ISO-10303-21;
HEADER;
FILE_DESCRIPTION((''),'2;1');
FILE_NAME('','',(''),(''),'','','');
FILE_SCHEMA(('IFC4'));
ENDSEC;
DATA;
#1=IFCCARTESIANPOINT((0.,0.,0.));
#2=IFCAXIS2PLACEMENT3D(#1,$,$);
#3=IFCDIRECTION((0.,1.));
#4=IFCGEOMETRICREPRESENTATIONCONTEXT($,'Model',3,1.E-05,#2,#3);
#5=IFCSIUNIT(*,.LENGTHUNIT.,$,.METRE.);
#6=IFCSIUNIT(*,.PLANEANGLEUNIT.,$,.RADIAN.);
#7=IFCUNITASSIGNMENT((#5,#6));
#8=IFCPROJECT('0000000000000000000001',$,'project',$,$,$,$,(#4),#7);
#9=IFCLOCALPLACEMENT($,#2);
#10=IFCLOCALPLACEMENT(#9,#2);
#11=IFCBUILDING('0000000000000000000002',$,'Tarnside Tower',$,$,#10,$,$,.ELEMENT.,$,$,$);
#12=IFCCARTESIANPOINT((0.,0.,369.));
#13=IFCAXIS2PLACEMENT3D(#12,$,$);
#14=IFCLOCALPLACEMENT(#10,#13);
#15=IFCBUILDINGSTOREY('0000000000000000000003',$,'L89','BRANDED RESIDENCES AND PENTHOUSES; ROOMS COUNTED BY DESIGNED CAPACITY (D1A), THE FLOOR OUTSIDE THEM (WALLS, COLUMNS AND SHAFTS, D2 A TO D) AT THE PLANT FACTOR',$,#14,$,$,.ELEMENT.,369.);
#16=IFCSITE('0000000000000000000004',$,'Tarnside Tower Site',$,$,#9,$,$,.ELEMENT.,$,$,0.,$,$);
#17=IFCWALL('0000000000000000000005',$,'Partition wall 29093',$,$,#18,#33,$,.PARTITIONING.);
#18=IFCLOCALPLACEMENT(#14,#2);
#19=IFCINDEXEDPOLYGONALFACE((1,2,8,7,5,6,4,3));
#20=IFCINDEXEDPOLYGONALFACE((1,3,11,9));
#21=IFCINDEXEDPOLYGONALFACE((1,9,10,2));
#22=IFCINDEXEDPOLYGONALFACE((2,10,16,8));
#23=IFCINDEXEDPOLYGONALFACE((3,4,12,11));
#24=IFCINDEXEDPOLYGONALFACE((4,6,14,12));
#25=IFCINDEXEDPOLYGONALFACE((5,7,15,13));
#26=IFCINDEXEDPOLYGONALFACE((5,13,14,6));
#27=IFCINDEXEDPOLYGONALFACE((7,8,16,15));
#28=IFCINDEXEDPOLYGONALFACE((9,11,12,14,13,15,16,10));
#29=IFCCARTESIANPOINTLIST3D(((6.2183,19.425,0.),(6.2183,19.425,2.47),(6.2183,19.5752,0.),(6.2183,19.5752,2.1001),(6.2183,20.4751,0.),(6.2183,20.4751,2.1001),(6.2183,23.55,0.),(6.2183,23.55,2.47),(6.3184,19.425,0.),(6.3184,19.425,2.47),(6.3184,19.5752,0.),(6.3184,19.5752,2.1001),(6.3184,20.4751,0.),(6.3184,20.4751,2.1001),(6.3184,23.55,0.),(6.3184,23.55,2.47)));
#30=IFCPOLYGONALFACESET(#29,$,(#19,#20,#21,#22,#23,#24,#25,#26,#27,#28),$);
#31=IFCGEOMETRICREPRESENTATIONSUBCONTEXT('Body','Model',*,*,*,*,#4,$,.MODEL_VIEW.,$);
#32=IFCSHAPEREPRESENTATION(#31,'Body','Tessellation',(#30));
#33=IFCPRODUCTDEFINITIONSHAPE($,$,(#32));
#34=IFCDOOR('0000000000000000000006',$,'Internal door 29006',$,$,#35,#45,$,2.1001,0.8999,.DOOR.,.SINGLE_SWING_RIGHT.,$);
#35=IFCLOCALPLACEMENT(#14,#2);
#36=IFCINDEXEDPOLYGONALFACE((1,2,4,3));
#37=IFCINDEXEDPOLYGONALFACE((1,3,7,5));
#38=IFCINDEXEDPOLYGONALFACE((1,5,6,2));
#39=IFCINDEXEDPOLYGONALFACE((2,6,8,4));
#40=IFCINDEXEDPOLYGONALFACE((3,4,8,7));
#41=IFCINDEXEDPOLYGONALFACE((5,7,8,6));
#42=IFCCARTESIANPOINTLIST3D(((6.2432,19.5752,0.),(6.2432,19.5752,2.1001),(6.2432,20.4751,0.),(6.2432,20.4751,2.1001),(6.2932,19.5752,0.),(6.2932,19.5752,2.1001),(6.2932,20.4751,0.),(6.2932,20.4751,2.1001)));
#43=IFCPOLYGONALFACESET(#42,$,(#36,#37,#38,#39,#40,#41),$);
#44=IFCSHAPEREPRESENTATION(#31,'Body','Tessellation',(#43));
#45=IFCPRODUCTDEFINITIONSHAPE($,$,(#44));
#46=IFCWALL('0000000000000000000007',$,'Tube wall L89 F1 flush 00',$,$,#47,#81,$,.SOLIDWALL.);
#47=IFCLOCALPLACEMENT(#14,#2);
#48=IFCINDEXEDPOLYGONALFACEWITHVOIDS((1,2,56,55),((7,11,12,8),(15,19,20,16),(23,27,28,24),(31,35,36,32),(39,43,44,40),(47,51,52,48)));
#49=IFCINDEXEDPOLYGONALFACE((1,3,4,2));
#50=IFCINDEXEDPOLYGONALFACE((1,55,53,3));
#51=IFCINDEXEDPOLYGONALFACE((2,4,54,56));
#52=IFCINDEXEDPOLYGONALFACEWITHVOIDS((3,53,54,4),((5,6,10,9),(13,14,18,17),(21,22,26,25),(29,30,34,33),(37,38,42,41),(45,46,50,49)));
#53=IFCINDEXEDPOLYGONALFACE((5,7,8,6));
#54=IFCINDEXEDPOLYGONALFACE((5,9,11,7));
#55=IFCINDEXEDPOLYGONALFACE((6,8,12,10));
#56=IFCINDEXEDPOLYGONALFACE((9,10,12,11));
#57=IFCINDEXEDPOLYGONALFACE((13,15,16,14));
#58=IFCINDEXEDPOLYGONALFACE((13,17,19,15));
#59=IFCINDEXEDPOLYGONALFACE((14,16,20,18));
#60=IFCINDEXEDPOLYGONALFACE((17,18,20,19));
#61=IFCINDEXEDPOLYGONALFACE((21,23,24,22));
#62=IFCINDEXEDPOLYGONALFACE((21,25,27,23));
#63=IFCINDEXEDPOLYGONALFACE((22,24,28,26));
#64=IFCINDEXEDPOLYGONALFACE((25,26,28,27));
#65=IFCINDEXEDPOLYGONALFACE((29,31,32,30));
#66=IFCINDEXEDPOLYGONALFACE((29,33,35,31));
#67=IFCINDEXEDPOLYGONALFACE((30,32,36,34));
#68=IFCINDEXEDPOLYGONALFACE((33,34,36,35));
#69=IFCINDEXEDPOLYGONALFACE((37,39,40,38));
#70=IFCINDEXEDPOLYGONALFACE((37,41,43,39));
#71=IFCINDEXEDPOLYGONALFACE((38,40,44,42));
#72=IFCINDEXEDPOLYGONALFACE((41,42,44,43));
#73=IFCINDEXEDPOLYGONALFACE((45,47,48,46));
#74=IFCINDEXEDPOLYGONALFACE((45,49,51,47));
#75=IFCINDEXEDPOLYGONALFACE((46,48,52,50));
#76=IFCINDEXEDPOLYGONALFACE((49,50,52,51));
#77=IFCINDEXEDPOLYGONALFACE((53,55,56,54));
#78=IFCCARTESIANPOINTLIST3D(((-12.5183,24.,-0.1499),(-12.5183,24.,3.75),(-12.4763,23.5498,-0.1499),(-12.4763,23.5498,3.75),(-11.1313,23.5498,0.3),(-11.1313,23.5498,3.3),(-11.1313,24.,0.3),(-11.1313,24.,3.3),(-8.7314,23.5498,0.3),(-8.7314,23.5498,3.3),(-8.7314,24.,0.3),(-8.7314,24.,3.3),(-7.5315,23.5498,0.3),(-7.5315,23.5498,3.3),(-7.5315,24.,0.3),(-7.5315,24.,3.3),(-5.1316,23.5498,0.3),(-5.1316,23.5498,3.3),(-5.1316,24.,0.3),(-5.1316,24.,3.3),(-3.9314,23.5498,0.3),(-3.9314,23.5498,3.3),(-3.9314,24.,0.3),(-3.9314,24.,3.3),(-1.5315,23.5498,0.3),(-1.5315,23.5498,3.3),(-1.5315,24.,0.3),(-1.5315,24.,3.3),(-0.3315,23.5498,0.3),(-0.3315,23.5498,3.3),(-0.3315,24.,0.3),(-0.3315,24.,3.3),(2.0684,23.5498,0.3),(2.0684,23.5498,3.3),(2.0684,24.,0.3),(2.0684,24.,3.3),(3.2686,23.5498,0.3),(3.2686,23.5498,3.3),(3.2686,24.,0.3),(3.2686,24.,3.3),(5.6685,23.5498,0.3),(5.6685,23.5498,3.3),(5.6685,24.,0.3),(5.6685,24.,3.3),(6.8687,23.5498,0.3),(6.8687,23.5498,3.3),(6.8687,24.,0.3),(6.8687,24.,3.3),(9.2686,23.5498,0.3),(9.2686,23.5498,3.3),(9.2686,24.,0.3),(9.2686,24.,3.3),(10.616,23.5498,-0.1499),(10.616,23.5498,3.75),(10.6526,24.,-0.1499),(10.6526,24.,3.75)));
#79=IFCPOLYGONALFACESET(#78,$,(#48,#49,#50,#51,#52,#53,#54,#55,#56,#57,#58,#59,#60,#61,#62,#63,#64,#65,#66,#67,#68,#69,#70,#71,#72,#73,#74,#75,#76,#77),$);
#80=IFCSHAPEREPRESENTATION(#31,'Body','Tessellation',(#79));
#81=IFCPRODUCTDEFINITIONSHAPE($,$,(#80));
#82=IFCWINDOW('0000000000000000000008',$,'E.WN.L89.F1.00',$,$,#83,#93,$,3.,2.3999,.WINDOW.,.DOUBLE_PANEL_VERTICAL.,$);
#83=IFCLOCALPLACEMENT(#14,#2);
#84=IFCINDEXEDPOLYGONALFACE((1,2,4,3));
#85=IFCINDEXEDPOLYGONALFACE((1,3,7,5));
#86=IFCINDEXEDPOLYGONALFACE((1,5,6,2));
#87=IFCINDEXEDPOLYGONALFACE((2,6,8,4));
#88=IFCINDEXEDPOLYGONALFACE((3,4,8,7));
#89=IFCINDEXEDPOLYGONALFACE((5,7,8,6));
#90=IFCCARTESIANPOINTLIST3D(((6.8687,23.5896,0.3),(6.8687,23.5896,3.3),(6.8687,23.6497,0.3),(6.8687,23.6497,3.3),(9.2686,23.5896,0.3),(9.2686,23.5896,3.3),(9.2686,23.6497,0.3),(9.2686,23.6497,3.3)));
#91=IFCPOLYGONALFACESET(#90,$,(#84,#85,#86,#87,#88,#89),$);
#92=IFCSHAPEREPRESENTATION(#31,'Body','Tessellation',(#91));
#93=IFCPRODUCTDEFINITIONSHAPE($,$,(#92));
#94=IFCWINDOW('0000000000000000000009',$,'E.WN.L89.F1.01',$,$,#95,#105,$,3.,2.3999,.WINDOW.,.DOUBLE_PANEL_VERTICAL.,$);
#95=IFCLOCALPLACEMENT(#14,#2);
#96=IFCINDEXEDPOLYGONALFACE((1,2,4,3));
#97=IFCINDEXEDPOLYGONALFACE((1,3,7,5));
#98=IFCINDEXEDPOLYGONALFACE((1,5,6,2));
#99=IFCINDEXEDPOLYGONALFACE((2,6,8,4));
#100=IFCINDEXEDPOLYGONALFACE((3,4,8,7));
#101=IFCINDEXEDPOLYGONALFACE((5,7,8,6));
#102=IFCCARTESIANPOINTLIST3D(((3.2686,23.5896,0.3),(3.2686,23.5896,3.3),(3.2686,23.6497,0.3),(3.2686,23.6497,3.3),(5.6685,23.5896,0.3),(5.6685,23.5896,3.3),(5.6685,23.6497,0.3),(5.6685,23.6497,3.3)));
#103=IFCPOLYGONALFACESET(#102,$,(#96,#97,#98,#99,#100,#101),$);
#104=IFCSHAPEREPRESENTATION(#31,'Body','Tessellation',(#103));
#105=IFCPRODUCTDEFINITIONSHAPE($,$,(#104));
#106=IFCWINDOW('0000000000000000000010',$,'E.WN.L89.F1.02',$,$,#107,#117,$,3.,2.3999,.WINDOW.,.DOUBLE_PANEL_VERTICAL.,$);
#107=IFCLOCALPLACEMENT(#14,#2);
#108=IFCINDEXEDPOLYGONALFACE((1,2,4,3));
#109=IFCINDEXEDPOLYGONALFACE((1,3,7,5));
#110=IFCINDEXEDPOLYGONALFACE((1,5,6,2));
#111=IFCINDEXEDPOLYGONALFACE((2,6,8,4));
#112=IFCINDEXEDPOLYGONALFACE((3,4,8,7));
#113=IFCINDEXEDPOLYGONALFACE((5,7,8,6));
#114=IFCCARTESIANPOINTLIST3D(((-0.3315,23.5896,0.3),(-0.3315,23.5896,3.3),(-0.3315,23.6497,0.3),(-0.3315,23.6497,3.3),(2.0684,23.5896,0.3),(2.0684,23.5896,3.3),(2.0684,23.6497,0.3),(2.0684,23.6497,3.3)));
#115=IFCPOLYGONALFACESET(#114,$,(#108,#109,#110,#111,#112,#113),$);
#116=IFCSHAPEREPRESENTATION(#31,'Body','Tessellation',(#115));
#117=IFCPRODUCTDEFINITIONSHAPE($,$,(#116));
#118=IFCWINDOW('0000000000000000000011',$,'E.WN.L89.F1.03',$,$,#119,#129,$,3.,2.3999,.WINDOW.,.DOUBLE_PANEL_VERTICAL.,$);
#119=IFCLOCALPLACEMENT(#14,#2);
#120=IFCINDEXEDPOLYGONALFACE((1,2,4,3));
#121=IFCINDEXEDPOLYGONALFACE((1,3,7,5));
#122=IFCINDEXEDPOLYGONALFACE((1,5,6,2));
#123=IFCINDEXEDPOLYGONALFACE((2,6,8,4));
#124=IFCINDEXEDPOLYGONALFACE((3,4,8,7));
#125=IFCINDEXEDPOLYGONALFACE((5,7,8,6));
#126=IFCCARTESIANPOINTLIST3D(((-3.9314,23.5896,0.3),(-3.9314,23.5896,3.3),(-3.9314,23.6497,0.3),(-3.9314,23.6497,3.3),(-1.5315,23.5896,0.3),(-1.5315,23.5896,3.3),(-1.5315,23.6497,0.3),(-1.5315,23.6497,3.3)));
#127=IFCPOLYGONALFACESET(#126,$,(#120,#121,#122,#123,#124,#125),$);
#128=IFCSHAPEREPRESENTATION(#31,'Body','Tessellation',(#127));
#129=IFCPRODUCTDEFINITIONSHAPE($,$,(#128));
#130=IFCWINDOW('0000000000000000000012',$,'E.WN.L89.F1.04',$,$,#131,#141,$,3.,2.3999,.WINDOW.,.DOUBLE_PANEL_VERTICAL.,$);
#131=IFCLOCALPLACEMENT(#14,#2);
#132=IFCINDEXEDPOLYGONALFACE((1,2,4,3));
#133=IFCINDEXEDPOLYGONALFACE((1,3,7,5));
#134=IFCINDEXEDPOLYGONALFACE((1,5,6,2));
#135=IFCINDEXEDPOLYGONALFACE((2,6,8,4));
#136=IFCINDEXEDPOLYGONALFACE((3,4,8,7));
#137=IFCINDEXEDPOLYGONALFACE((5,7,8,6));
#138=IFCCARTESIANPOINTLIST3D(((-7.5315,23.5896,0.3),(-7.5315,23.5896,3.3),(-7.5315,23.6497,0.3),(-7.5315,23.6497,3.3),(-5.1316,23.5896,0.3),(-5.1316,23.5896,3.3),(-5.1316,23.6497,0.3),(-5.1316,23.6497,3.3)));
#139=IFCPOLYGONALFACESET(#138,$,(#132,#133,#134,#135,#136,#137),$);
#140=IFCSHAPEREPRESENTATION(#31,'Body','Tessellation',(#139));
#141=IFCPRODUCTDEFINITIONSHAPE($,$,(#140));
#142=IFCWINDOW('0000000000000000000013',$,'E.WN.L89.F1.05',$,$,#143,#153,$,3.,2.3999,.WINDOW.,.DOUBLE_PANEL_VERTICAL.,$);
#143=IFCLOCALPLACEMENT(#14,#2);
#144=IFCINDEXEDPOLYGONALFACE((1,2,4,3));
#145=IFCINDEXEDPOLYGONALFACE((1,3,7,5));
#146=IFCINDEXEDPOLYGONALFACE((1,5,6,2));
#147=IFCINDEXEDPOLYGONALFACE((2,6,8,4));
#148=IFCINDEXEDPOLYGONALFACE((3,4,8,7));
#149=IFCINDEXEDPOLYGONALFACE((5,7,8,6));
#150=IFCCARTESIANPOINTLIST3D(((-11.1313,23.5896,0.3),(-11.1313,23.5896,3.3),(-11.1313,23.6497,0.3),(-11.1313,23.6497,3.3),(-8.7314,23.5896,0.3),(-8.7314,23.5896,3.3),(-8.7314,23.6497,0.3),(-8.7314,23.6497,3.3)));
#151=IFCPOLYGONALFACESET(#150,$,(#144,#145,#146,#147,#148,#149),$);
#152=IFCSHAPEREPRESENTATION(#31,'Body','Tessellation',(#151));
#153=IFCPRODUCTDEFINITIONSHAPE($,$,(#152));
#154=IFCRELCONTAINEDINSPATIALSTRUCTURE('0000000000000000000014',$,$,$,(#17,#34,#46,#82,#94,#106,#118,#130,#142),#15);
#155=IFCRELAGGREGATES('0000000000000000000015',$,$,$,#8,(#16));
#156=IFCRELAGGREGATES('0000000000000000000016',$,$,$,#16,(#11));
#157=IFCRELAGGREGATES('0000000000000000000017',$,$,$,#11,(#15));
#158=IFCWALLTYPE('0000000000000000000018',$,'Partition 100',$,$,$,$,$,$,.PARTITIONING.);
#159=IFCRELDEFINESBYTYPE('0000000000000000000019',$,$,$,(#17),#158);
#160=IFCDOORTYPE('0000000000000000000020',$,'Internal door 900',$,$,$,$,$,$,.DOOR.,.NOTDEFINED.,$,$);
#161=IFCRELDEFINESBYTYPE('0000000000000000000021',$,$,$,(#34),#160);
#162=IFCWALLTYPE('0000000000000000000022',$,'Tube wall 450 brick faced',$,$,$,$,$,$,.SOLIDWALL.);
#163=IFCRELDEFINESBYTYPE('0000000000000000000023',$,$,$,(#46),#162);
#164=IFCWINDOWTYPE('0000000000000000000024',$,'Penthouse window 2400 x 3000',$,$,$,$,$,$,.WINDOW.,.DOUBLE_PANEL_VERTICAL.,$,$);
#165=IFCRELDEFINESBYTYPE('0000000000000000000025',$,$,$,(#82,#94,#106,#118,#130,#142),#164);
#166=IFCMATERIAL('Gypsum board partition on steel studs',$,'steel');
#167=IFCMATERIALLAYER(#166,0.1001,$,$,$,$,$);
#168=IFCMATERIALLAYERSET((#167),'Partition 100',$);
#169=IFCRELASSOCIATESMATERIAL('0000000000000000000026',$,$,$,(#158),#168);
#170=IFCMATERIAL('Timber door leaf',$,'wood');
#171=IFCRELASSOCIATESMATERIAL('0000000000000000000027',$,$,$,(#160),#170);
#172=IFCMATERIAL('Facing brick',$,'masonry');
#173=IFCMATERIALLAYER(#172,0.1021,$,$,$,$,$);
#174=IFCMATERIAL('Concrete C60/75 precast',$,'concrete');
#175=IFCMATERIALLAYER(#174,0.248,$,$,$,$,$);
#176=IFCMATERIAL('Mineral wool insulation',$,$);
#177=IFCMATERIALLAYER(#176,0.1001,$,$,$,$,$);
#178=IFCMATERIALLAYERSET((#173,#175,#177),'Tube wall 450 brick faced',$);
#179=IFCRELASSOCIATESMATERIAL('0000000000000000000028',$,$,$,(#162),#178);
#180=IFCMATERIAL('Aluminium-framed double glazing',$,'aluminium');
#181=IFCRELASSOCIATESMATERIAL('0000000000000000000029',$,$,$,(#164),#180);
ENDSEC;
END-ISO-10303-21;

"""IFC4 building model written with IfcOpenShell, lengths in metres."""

from ifc_helpers import new_model, si_unit, direction, frame, frame_2d, origin, place, context, subcontext, project, spatial, polyline, rectangle, outline, extrude, material, layer, layer_set, type_object, element, fill, save


model = new_model("IFC4")

# Units and contexts
model_context = context("Model", 3, precision=1e-05, world=origin(), true_north=direction((0.0, 1.0)))
body_context = subcontext(model_context, "Body", "Model", "MODEL_VIEW")
ifc_project = project(units=[si_unit("LENGTHUNIT", "METRE"), si_unit("PLANEANGLEUNIT", "RADIAN")], contexts=[model_context])

# Site, building, storey
site_placement = place(None, origin())
site = spatial("IfcSite", under=ifc_project, at=site_placement, Name="Tarnside Tower Site", CompositionType="ELEMENT", RefElevation=0.0)
building_placement = place(site_placement, origin())
building = spatial("IfcBuilding", under=site, at=building_placement, Name="Tarnside Tower", CompositionType="ELEMENT")
storey_placement = place(building_placement, frame((0.0, 0.0, 369.0)))
storey = spatial("IfcBuildingStorey", under=building, at=storey_placement, Name="L89", Description="BRANDED RESIDENCES AND PENTHOUSES; ROOMS COUNTED BY DESIGNED CAPACITY (D1A), THE FLOOR OUTSIDE THEM (WALLS, COLUMNS AND SHAFTS, D2 A TO D) AT THE PLANT FACTOR", CompositionType="ELEMENT", Elevation=369.0)

# Shared definitions
ifc_material_1 = material(Name="Gypsum board partition on steel studs", Category="steel")

# Wall, opening, door
ifc_layer_1 = layer(ifc_material_1, 0.1001)
ifc_layer_set_1 = layer_set([ifc_layer_1], Name="Partition 100")
wall_type_1 = type_object("IfcWallType", Name="Partition 100", PredefinedType="PARTITIONING", material=ifc_layer_set_1)
wall_1_placement = place(storey_placement, frame((6.2683, 23.55, 0.0), z_axis=(0.0, 0.0, 1.0), x_axis=(0.0, -1.0, 0.0)))
wall_1 = element("IfcWall", 1, at=wall_1_placement, inside=storey, type_object=wall_type_1, Name="Partition wall 29093", PredefinedType="PARTITIONING", context=body_context, shape_type="SweptSolid", body=[
    extrude(rectangle(XDim=4.125, YDim=0.1001, at=frame_2d((2.0625, 0.0))), origin(), (0.0, 0.0, 1.0), 2.47),
])
opening_1_placement = place(wall_1_placement, frame((3.075, 0.0, 0.0)))
opening_1 = element("IfcOpeningElement", 2, at=opening_1_placement, cuts=wall_1, PredefinedType="OPENING", context=body_context, shape_type="SweptSolid", body=[
    extrude(rectangle(XDim=0.8999, YDim=2.1001, at=frame_2d((0.45, 1.05))), frame((0.0, 0.0601, 0.0), z_axis=(0.0, -1.0, 0.0), x_axis=(1.0, 0.0, 0.0)), (0.0, 0.0, 1.0), 0.1201),
])
ifc_material_2 = material(Name="Timber door leaf", Category="wood")
door_type = type_object("IfcDoorType", Name="Internal door 900", OperationType="NOTDEFINED", PredefinedType="DOOR", material=ifc_material_2)
door_placement = place(opening_1_placement, origin())
door = element("IfcDoor", 3, at=door_placement, inside=storey, type_object=door_type, Name="Internal door 29006", OperationType="SINGLE_SWING_RIGHT", OverallHeight=2.1001, OverallWidth=0.8999, PredefinedType="DOOR", context=body_context, shape_type="SweptSolid", body=[
    extrude(rectangle(XDim=0.8999, YDim=2.1001, at=frame_2d((0.45, 1.05))), frame((0.0, 0.0249, 0.0), z_axis=(0.0, -1.0, 0.0), x_axis=(1.0, 0.0, 0.0)), (0.0, 0.0, 1.0), 0.05),
])
fill(opening_1, door)

# Wall, openings, windows
ifc_material_3 = material(Name="Facing brick", Category="masonry")
ifc_layer_2 = layer(ifc_material_3, 0.1021)
ifc_material_4 = material(Name="Concrete C60/75 precast", Category="concrete")
ifc_layer_3 = layer(ifc_material_4, 0.248)
ifc_material_5 = material(Name="Mineral wool insulation")
ifc_layer_4 = layer(ifc_material_5, 0.1001)
ifc_layer_set_2 = layer_set([ifc_layer_2, ifc_layer_3, ifc_layer_4], Name="Tube wall 450 brick faced")
wall_type_2 = type_object("IfcWallType", Name="Tube wall 450 brick faced", PredefinedType="SOLIDWALL", material=ifc_layer_set_2)
wall_2_placement = place(storey_placement, frame((10.6343, 23.7749, -0.1499), z_axis=(0.0, 0.0, 1.0), x_axis=(-1.0, 0.0, 0.0)))
wall_2 = element("IfcWall", 4, at=wall_2_placement, inside=storey, type_object=wall_type_2, Name="Tube wall L89 F1 flush 00", PredefinedType="SOLIDWALL", context=body_context, shape_type="SweptSolid", body=[
    extrude(outline(polyline([(-0.0183, -0.2251), (23.1526, -0.2251), (23.1106, 0.2251), (0.0183, 0.2251), (-0.0183, -0.2251)])), origin(), (0.0, 0.0, 1.0), 3.8999),
])
opening_2_placement = place(wall_2_placement, frame((1.3657, 0.0, 0.45)))
opening_2 = element("IfcOpeningElement", 5, at=opening_2_placement, cuts=wall_2, PredefinedType="OPENING", context=body_context, shape_type="SweptSolid", body=[
    extrude(rectangle(XDim=2.3999, YDim=3.0, at=frame_2d((1.2, 1.5))), frame((0.0, 0.2349, 0.0), z_axis=(0.0, -1.0, 0.0), x_axis=(1.0, 0.0, 0.0)), (0.0, 0.0, 1.0), 0.47),
])
opening_3_placement = place(wall_2_placement, frame((4.9658, 0.0, 0.45)))
opening_3 = element("IfcOpeningElement", 6, at=opening_3_placement, cuts=wall_2, PredefinedType="OPENING", context=body_context, shape_type="SweptSolid", body=[
    extrude(rectangle(XDim=2.3999, YDim=3.0, at=frame_2d((1.2, 1.5))), frame((0.0, 0.2349, 0.0), z_axis=(0.0, -1.0, 0.0), x_axis=(1.0, 0.0, 0.0)), (0.0, 0.0, 1.0), 0.47),
])
opening_4_placement = place(wall_2_placement, frame((8.5659, 0.0, 0.45)))
opening_4 = element("IfcOpeningElement", 7, at=opening_4_placement, cuts=wall_2, PredefinedType="OPENING", context=body_context, shape_type="SweptSolid", body=[
    extrude(rectangle(XDim=2.3999, YDim=3.0, at=frame_2d((1.2, 1.5))), frame((0.0, 0.2349, 0.0), z_axis=(0.0, -1.0, 0.0), x_axis=(1.0, 0.0, 0.0)), (0.0, 0.0, 1.0), 0.47),
])
opening_5_placement = place(wall_2_placement, frame((12.1658, 0.0, 0.45)))
opening_5 = element("IfcOpeningElement", 8, at=opening_5_placement, cuts=wall_2, PredefinedType="OPENING", context=body_context, shape_type="SweptSolid", body=[
    extrude(rectangle(XDim=2.3999, YDim=3.0, at=frame_2d((1.2, 1.5))), frame((0.0, 0.2349, 0.0), z_axis=(0.0, -1.0, 0.0), x_axis=(1.0, 0.0, 0.0)), (0.0, 0.0, 1.0), 0.47),
])
opening_6_placement = place(wall_2_placement, frame((15.7659, 0.0, 0.45)))
opening_6 = element("IfcOpeningElement", 9, at=opening_6_placement, cuts=wall_2, PredefinedType="OPENING", context=body_context, shape_type="SweptSolid", body=[
    extrude(rectangle(XDim=2.3999, YDim=3.0, at=frame_2d((1.2, 1.5))), frame((0.0, 0.2349, 0.0), z_axis=(0.0, -1.0, 0.0), x_axis=(1.0, 0.0, 0.0)), (0.0, 0.0, 1.0), 0.47),
])
opening_7_placement = place(wall_2_placement, frame((19.3657, 0.0, 0.45)))
opening_7 = element("IfcOpeningElement", 10, at=opening_7_placement, cuts=wall_2, PredefinedType="OPENING", context=body_context, shape_type="SweptSolid", body=[
    extrude(rectangle(XDim=2.3999, YDim=3.0, at=frame_2d((1.2, 1.5))), frame((0.0, 0.2349, 0.0), z_axis=(0.0, -1.0, 0.0), x_axis=(1.0, 0.0, 0.0)), (0.0, 0.0, 1.0), 0.47),
])
ifc_material_6 = material(Name="Aluminium-framed double glazing", Category="aluminium")
window_type = type_object("IfcWindowType", Name="Penthouse window 2400 x 3000", PartitioningType="DOUBLE_PANEL_VERTICAL", PredefinedType="WINDOW", material=ifc_material_6)
window_1_placement = place(opening_2_placement, frame((0.0, 0.1553, 0.0)))
window_1 = element("IfcWindow", 11, at=window_1_placement, inside=storey, type_object=window_type, Name="E.WN.L89.F1.00", OverallHeight=3.0, OverallWidth=2.3999, PartitioningType="DOUBLE_PANEL_VERTICAL", PredefinedType="WINDOW", context=body_context, shape_type="SweptSolid", body=[
    extrude(rectangle(XDim=2.3999, YDim=3.0, at=frame_2d((1.2, 1.5))), frame((0.0, 0.03, 0.0), z_axis=(0.0, -1.0, 0.0), x_axis=(1.0, 0.0, 0.0)), (0.0, 0.0, 1.0), 0.0601),
])
fill(opening_2, window_1)
window_2_placement = place(opening_3_placement, frame((0.0, 0.1553, 0.0)))
window_2 = element("IfcWindow", 12, at=window_2_placement, inside=storey, type_object=window_type, Name="E.WN.L89.F1.01", OverallHeight=3.0, OverallWidth=2.3999, PartitioningType="DOUBLE_PANEL_VERTICAL", PredefinedType="WINDOW", context=body_context, shape_type="SweptSolid", body=[
    extrude(rectangle(XDim=2.3999, YDim=3.0, at=frame_2d((1.2, 1.5))), frame((0.0, 0.03, 0.0), z_axis=(0.0, -1.0, 0.0), x_axis=(1.0, 0.0, 0.0)), (0.0, 0.0, 1.0), 0.0601),
])
fill(opening_3, window_2)
window_3_placement = place(opening_4_placement, frame((0.0, 0.1553, 0.0)))
window_3 = element("IfcWindow", 13, at=window_3_placement, inside=storey, type_object=window_type, Name="E.WN.L89.F1.02", OverallHeight=3.0, OverallWidth=2.3999, PartitioningType="DOUBLE_PANEL_VERTICAL", PredefinedType="WINDOW", context=body_context, shape_type="SweptSolid", body=[
    extrude(rectangle(XDim=2.3999, YDim=3.0, at=frame_2d((1.2, 1.5))), frame((0.0, 0.03, 0.0), z_axis=(0.0, -1.0, 0.0), x_axis=(1.0, 0.0, 0.0)), (0.0, 0.0, 1.0), 0.0601),
])
fill(opening_4, window_3)
window_4_placement = place(opening_5_placement, frame((0.0, 0.1553, 0.0)))
window_4 = element("IfcWindow", 14, at=window_4_placement, inside=storey, type_object=window_type, Name="E.WN.L89.F1.03", OverallHeight=3.0, OverallWidth=2.3999, PartitioningType="DOUBLE_PANEL_VERTICAL", PredefinedType="WINDOW", context=body_context, shape_type="SweptSolid", body=[
    extrude(rectangle(XDim=2.3999, YDim=3.0, at=frame_2d((1.2, 1.5))), frame((0.0, 0.03, 0.0), z_axis=(0.0, -1.0, 0.0), x_axis=(1.0, 0.0, 0.0)), (0.0, 0.0, 1.0), 0.0601),
])
fill(opening_5, window_4)
window_5_placement = place(opening_6_placement, frame((0.0, 0.1553, 0.0)))
window_5 = element("IfcWindow", 15, at=window_5_placement, inside=storey, type_object=window_type, Name="E.WN.L89.F1.04", OverallHeight=3.0, OverallWidth=2.3999, PartitioningType="DOUBLE_PANEL_VERTICAL", PredefinedType="WINDOW", context=body_context, shape_type="SweptSolid", body=[
    extrude(rectangle(XDim=2.3999, YDim=3.0, at=frame_2d((1.2, 1.5))), frame((0.0, 0.03, 0.0), z_axis=(0.0, -1.0, 0.0), x_axis=(1.0, 0.0, 0.0)), (0.0, 0.0, 1.0), 0.0601),
])
fill(opening_6, window_5)
window_6_placement = place(opening_7_placement, frame((0.0, 0.1553, 0.0)))
window_6 = element("IfcWindow", 16, at=window_6_placement, inside=storey, type_object=window_type, Name="E.WN.L89.F1.05", OverallHeight=3.0, OverallWidth=2.3999, PartitioningType="DOUBLE_PANEL_VERTICAL", PredefinedType="WINDOW", context=body_context, shape_type="SweptSolid", body=[
    extrude(rectangle(XDim=2.3999, YDim=3.0, at=frame_2d((1.2, 1.5))), frame((0.0, 0.03, 0.0), z_axis=(0.0, -1.0, 0.0), x_axis=(1.0, 0.0, 0.0)), (0.0, 0.0, 1.0), 0.0601),
])
fill(opening_7, window_6)

save(model, "model.ifc")
